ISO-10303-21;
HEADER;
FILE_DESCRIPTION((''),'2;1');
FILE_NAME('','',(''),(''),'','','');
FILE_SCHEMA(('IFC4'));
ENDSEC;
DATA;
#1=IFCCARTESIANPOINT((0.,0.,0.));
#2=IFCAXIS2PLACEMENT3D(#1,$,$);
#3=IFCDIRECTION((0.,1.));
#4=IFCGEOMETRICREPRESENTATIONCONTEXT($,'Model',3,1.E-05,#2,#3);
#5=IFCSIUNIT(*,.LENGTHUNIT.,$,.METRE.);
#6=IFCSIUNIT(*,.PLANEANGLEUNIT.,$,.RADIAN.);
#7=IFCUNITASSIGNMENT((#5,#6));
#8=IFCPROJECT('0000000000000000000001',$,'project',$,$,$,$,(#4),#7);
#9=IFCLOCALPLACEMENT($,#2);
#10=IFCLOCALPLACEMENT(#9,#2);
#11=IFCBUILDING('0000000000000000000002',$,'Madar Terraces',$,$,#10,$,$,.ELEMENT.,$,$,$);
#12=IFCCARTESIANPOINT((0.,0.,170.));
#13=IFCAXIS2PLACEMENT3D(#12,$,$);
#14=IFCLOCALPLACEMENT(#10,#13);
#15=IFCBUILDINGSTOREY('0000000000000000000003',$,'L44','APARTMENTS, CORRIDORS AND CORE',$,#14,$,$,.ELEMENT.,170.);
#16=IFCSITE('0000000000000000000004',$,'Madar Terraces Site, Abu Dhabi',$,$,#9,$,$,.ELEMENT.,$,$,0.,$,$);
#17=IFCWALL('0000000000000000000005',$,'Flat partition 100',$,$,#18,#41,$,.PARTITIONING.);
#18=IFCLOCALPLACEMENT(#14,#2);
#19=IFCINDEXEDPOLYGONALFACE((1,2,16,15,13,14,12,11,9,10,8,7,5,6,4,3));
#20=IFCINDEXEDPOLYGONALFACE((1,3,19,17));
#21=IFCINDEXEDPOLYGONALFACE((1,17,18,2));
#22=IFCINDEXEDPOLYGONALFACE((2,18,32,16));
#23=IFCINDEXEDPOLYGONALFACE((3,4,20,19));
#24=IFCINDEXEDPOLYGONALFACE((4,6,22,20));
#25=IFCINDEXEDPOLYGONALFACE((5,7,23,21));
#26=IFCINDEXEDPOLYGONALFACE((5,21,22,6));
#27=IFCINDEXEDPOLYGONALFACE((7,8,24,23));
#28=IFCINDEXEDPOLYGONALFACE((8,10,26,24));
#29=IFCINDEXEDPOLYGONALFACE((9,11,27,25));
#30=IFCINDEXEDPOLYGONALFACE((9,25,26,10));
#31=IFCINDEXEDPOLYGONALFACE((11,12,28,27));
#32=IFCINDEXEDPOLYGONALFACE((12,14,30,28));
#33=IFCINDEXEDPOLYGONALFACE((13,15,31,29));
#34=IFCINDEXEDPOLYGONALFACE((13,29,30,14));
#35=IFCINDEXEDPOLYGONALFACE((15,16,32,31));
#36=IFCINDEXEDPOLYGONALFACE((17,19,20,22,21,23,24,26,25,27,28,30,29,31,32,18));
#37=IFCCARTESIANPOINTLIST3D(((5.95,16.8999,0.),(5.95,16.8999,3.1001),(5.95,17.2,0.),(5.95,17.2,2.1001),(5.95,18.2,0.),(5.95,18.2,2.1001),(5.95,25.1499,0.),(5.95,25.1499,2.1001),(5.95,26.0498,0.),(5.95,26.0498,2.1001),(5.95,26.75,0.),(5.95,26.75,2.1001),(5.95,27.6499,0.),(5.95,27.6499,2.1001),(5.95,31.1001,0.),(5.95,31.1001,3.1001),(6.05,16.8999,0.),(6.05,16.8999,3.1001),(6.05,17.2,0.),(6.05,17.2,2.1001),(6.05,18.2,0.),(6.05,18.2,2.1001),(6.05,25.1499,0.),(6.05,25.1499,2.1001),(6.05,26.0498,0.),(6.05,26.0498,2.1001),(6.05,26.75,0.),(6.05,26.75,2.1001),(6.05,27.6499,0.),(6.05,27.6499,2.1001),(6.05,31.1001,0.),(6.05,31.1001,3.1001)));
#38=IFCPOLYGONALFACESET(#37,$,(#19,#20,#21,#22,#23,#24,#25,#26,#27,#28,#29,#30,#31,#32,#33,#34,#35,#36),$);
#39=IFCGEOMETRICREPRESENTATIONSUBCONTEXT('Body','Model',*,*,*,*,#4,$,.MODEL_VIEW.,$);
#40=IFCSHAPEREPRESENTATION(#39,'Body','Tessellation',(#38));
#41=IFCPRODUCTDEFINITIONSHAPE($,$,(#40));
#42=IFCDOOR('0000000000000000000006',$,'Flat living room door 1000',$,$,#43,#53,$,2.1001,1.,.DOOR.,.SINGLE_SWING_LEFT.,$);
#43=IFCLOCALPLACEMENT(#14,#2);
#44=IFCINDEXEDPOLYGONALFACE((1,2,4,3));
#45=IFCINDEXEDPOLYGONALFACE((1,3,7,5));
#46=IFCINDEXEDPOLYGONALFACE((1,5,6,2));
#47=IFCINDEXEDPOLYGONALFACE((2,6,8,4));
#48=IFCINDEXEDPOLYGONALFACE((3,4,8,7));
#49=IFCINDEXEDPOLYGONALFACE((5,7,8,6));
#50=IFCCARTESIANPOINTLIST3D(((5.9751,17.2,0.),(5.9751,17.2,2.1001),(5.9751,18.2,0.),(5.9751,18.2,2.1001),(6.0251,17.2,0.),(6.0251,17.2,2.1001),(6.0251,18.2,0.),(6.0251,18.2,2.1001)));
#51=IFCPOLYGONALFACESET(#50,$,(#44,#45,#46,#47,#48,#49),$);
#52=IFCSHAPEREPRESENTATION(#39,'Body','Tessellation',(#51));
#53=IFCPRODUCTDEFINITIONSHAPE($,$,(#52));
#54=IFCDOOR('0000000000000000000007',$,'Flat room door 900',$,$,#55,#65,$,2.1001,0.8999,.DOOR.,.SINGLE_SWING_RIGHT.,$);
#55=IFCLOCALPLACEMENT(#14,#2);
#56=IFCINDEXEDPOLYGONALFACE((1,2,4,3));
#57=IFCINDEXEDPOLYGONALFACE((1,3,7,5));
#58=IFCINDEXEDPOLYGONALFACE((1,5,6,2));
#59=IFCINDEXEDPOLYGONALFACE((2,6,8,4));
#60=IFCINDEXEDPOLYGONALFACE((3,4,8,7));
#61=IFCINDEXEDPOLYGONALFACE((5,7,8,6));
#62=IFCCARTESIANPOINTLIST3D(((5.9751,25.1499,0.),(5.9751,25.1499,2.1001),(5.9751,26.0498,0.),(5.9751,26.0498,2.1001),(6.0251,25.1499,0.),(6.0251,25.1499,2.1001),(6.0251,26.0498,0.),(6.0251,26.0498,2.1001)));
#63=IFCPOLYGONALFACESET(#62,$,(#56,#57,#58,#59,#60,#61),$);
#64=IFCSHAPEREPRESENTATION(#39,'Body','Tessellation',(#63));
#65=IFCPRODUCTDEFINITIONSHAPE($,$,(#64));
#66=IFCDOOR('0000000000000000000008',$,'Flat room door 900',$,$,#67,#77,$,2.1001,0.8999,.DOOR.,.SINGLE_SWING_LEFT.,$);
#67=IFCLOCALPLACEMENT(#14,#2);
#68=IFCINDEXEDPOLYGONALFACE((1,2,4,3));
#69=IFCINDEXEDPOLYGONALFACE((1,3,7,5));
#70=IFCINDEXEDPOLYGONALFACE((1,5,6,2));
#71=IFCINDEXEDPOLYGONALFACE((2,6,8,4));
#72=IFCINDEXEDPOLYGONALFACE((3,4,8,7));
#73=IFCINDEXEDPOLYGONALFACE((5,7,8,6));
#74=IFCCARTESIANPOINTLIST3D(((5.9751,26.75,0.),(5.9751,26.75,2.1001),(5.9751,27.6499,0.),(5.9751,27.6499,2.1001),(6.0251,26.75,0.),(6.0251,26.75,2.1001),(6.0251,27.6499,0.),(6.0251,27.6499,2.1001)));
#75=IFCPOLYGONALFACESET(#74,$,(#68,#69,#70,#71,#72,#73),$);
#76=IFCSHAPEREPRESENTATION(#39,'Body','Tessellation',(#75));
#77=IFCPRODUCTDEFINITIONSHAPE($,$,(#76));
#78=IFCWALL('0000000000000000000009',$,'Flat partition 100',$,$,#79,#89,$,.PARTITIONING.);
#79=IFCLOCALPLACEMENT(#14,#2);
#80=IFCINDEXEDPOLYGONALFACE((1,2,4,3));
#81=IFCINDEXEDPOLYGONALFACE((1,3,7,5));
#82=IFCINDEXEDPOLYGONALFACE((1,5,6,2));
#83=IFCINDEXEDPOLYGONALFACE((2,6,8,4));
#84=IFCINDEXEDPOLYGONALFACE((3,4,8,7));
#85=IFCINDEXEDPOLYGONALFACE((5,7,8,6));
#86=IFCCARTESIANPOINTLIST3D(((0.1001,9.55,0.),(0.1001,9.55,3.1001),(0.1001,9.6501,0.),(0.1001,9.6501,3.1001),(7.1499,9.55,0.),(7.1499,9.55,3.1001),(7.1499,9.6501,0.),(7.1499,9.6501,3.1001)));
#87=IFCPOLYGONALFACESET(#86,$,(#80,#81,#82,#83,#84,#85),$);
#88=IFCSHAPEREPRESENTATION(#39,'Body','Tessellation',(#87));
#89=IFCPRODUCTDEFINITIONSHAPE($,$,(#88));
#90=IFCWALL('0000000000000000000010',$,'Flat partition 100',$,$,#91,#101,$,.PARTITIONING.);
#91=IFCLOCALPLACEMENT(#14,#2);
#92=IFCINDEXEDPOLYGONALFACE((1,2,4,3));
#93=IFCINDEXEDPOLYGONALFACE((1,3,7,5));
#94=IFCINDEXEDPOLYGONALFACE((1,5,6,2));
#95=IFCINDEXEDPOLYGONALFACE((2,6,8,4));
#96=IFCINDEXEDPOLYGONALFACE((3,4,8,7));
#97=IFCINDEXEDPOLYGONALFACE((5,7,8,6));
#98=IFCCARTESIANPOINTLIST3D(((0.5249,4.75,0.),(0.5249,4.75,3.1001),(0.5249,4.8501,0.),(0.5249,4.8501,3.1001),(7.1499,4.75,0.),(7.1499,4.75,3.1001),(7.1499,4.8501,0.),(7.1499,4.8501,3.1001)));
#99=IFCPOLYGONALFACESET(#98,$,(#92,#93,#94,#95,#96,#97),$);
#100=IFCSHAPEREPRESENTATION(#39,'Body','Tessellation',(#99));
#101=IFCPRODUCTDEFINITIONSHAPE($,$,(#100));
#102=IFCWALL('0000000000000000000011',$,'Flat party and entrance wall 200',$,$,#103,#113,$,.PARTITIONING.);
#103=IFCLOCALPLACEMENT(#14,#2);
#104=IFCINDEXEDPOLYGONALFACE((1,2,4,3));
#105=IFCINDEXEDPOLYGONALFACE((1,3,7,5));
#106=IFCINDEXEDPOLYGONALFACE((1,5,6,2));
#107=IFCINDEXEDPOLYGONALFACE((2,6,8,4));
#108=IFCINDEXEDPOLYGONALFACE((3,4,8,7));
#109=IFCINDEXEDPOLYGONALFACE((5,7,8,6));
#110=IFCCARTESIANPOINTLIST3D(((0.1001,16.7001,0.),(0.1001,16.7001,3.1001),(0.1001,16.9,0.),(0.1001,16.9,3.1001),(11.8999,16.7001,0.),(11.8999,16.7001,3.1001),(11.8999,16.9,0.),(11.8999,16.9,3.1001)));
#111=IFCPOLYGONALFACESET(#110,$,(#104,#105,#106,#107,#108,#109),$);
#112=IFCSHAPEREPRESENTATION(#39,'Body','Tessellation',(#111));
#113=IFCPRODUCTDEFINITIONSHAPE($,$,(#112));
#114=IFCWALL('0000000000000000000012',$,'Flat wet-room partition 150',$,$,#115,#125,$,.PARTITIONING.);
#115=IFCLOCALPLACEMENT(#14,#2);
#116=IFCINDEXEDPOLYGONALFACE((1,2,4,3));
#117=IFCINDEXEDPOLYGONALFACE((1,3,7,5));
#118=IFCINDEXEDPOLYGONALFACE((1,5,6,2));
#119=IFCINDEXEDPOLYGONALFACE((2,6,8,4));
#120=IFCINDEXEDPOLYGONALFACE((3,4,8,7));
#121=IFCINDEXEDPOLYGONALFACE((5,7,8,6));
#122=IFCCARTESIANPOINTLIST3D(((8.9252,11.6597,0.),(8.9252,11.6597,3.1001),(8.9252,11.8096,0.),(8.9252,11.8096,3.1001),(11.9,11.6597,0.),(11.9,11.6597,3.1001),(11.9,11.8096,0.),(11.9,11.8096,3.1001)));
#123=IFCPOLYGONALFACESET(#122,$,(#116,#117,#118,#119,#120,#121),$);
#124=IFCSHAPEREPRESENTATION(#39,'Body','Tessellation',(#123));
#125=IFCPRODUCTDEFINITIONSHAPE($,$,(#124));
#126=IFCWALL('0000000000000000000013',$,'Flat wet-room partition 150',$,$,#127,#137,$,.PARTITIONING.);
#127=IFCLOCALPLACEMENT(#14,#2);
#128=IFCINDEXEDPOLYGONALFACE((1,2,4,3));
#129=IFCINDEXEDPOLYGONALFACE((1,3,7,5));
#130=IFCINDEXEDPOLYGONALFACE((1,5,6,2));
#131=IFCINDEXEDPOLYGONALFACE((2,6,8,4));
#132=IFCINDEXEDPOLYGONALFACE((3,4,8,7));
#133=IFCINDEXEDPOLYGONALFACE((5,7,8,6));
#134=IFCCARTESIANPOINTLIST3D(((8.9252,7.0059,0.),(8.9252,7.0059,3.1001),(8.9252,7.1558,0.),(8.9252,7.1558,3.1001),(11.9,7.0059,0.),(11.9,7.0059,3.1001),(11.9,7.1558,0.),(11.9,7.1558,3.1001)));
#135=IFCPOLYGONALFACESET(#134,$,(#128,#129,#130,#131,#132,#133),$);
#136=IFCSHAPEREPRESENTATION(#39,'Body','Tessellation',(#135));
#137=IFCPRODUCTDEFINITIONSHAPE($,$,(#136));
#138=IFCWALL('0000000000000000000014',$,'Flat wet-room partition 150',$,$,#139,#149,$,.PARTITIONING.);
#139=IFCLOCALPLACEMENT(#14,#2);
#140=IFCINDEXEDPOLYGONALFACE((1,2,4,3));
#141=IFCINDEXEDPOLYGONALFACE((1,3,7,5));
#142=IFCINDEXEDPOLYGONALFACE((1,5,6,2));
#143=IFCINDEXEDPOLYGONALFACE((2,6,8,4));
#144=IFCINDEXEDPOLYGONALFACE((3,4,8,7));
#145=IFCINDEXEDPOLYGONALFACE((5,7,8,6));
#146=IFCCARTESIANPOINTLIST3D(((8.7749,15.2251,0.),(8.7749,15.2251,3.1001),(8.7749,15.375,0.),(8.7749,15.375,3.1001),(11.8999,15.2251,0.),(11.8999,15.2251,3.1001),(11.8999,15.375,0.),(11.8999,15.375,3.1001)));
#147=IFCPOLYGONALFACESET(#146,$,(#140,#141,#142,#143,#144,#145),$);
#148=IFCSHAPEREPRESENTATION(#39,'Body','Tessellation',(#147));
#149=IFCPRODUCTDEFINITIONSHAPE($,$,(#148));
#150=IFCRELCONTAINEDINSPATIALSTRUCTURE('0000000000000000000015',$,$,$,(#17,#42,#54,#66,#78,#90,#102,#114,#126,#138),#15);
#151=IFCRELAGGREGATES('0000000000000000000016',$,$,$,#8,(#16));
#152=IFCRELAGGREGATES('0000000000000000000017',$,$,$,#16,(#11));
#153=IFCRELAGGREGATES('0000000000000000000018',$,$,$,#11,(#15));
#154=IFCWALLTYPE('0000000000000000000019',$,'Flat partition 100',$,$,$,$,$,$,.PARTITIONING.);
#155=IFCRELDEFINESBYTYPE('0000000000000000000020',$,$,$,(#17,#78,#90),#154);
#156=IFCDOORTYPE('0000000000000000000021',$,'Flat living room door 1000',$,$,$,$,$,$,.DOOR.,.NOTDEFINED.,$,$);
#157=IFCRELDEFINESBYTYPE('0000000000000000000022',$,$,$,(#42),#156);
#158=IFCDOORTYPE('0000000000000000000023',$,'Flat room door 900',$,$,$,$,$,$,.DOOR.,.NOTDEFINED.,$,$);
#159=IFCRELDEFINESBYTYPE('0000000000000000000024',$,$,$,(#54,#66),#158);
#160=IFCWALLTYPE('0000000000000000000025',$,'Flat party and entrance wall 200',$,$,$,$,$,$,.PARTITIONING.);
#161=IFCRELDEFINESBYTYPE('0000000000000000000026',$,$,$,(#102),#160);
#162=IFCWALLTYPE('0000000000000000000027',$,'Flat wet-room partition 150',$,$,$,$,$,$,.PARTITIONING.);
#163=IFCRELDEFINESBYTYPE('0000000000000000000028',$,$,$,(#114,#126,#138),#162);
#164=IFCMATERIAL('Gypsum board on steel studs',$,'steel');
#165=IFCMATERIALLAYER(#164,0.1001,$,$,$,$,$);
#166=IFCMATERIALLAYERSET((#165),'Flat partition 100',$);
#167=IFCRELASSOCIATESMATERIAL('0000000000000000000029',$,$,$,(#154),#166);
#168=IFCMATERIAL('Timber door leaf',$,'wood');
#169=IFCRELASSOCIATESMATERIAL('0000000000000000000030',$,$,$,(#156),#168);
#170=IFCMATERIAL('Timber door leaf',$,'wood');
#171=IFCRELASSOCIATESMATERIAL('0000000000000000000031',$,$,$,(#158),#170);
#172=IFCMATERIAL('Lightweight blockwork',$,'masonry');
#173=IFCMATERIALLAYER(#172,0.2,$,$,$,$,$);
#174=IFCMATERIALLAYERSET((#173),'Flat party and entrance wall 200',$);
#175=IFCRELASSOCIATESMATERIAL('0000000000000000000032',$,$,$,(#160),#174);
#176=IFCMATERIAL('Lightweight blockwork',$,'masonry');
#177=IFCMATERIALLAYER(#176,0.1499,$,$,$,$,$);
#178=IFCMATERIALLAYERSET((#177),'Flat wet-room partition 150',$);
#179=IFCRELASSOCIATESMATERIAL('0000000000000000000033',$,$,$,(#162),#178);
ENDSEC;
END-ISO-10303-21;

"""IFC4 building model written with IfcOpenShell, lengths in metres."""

from ifc_helpers import new_model, si_unit, direction, frame, frame_2d, origin, place, context, subcontext, project, spatial, rectangle, extrude, material, layer, layer_set, type_object, element, fill, save


model = new_model("IFC4")

# Units and contexts
model_context = context("Model", 3, precision=1e-05, world=origin(), true_north=direction((0.0, 1.0)))
body_context = subcontext(model_context, "Body", "Model", "MODEL_VIEW")
ifc_project = project(units=[si_unit("LENGTHUNIT", "METRE"), si_unit("PLANEANGLEUNIT", "RADIAN")], contexts=[model_context])

# Site, building, storey
site_placement = place(None, origin())
site = spatial("IfcSite", under=ifc_project, at=site_placement, Name="Madar Terraces Site, Abu Dhabi", CompositionType="ELEMENT", RefElevation=0.0)
building_placement = place(site_placement, origin())
building = spatial("IfcBuilding", under=site, at=building_placement, Name="Madar Terraces", CompositionType="ELEMENT")
storey_placement = place(building_placement, frame((0.0, 0.0, 170.0)))
storey = spatial("IfcBuildingStorey", under=building, at=storey_placement, Name="L44", Description="APARTMENTS, CORRIDORS AND CORE", CompositionType="ELEMENT", Elevation=170.0)

# Wall, openings, doors
ifc_material_1 = material(Name="Gypsum board on steel studs", Category="steel")
ifc_layer_1 = layer(ifc_material_1, 0.1001)
ifc_layer_set_1 = layer_set([ifc_layer_1], Name="Flat partition 100")
wall_type_1 = type_object("IfcWallType", Name="Flat partition 100", PredefinedType="PARTITIONING", material=ifc_layer_set_1)
wall_1_placement = place(storey_placement, frame((6.0, 16.8999, 0.0), z_axis=(0.0, 0.0, 1.0), x_axis=(0.0, 1.0, 0.0)))
wall_1 = element("IfcWall", 1, at=wall_1_placement, inside=storey, type_object=wall_type_1, Name="Flat partition 100", PredefinedType="PARTITIONING", context=body_context, shape_type="SweptSolid", body=[
    extrude(rectangle(XDim=14.2002, YDim=0.1001, at=frame_2d((7.1001, 0.0))), origin(), (0.0, 0.0, 1.0), 3.1001),
])
opening_1_placement = place(wall_1_placement, frame((0.3, 0.0, 0.0)))
opening_1 = element("IfcOpeningElement", 2, at=opening_1_placement, cuts=wall_1, PredefinedType="OPENING", context=body_context, shape_type="SweptSolid", body=[
    extrude(rectangle(XDim=1.0, YDim=2.1001, at=frame_2d((0.5, 1.05))), frame((0.0, 0.0601, 0.0), z_axis=(0.0, -1.0, 0.0), x_axis=(1.0, 0.0, 0.0)), (0.0, 0.0, 1.0), 0.1201),
])
opening_2_placement = place(wall_1_placement, frame((8.25, 0.0, 0.0)))
opening_2 = element("IfcOpeningElement", 3, at=opening_2_placement, cuts=wall_1, PredefinedType="OPENING", context=body_context, shape_type="SweptSolid", body=[
    extrude(rectangle(XDim=0.8999, YDim=2.1001, at=frame_2d((0.45, 1.05))), frame((0.0, 0.0601, 0.0), z_axis=(0.0, -1.0, 0.0), x_axis=(1.0, 0.0, 0.0)), (0.0, 0.0, 1.0), 0.1201),
])
opening_3_placement = place(wall_1_placement, frame((9.8501, 0.0, 0.0)))
opening_3 = element("IfcOpeningElement", 4, at=opening_3_placement, cuts=wall_1, PredefinedType="OPENING", context=body_context, shape_type="SweptSolid", body=[
    extrude(rectangle(XDim=0.8999, YDim=2.1001, at=frame_2d((0.45, 1.05))), frame((0.0, 0.0601, 0.0), z_axis=(0.0, -1.0, 0.0), x_axis=(1.0, 0.0, 0.0)), (0.0, 0.0, 1.0), 0.1201),
])
ifc_material_2 = material(Name="Timber door leaf", Category="wood")
door_type_1 = type_object("IfcDoorType", Name="Flat living room door 1000", OperationType="NOTDEFINED", PredefinedType="DOOR", material=ifc_material_2)
door_1_placement = place(opening_1_placement, origin())
door_1 = element("IfcDoor", 5, at=door_1_placement, inside=storey, type_object=door_type_1, Name="Flat living room door 1000", OperationType="SINGLE_SWING_LEFT", OverallHeight=2.1001, OverallWidth=1.0, PredefinedType="DOOR", context=body_context, shape_type="SweptSolid", body=[
    extrude(rectangle(XDim=1.0, YDim=2.1001, at=frame_2d((0.5, 1.05))), frame((0.0, 0.0249, 0.0), z_axis=(0.0, -1.0, 0.0), x_axis=(1.0, 0.0, 0.0)), (0.0, 0.0, 1.0), 0.05),
])
fill(opening_1, door_1)
ifc_material_3 = material(Name="Timber door leaf", Category="wood")
door_type_2 = type_object("IfcDoorType", Name="Flat room door 900", OperationType="NOTDEFINED", PredefinedType="DOOR", material=ifc_material_3)
door_2_placement = place(opening_2_placement, origin())
door_2 = element("IfcDoor", 6, at=door_2_placement, inside=storey, type_object=door_type_2, Name="Flat room door 900", OperationType="SINGLE_SWING_RIGHT", OverallHeight=2.1001, OverallWidth=0.8999, PredefinedType="DOOR", context=body_context, shape_type="SweptSolid", body=[
    extrude(rectangle(XDim=0.8999, YDim=2.1001, at=frame_2d((0.45, 1.05))), frame((0.0, 0.0249, 0.0), z_axis=(0.0, -1.0, 0.0), x_axis=(1.0, 0.0, 0.0)), (0.0, 0.0, 1.0), 0.05),
])
fill(opening_2, door_2)
door_3_placement = place(opening_3_placement, origin())
door_3 = element("IfcDoor", 7, at=door_3_placement, inside=storey, type_object=door_type_2, Name="Flat room door 900", OperationType="SINGLE_SWING_LEFT", OverallHeight=2.1001, OverallWidth=0.8999, PredefinedType="DOOR", context=body_context, shape_type="SweptSolid", body=[
    extrude(rectangle(XDim=0.8999, YDim=2.1001, at=frame_2d((0.45, 1.05))), frame((0.0, 0.0249, 0.0), z_axis=(0.0, -1.0, 0.0), x_axis=(1.0, 0.0, 0.0)), (0.0, 0.0, 1.0), 0.05),
])
fill(opening_3, door_3)

# Walls
wall_2_placement = place(storey_placement, frame((7.1499, 9.6001, 0.0), z_axis=(0.0, 0.0, 1.0), x_axis=(-1.0, 0.0, 0.0)))
element("IfcWall", 8, at=wall_2_placement, inside=storey, type_object=wall_type_1, Name="Flat partition 100", PredefinedType="PARTITIONING", context=body_context, shape_type="SweptSolid", body=[
    extrude(rectangle(XDim=7.0498, YDim=0.1001, at=frame_2d((3.5249, 0.0))), origin(), (0.0, 0.0, 1.0), 3.1001),
])
wall_3_placement = place(storey_placement, frame((7.1499, 4.8, 0.0), z_axis=(0.0, 0.0, 1.0), x_axis=(-1.0, 0.0, 0.0)))
element("IfcWall", 9, at=wall_3_placement, inside=storey, type_object=wall_type_1, Name="Flat partition 100", PredefinedType="PARTITIONING", context=body_context, shape_type="SweptSolid", body=[
    extrude(rectangle(XDim=6.625, YDim=0.1001, at=frame_2d((3.3125, 0.0))), origin(), (0.0, 0.0, 1.0), 3.1001),
])
ifc_material_4 = material(Name="Lightweight blockwork", Category="masonry")
ifc_layer_2 = layer(ifc_material_4, 0.2)
ifc_layer_set_2 = layer_set([ifc_layer_2], Name="Flat party and entrance wall 200")
wall_type_2 = type_object("IfcWallType", Name="Flat party and entrance wall 200", PredefinedType="PARTITIONING", material=ifc_layer_set_2)
wall_4_placement = place(storey_placement, frame((0.1001, 16.8, 0.0), z_axis=(0.0, 0.0, 1.0), x_axis=(1.0, 0.0, 0.0)))
element("IfcWall", 10, at=wall_4_placement, inside=storey, type_object=wall_type_2, Name="Flat party and entrance wall 200", PredefinedType="PARTITIONING", context=body_context, shape_type="SweptSolid", body=[
    extrude(rectangle(XDim=11.7998, YDim=0.2, at=frame_2d((5.8999, 0.0))), origin(), (0.0, 0.0, 1.0), 3.1001),
])
ifc_material_5 = material(Name="Lightweight blockwork", Category="masonry")
ifc_layer_3 = layer(ifc_material_5, 0.1499)
ifc_layer_set_3 = layer_set([ifc_layer_3], Name="Flat wet-room partition 150")
wall_type_3 = type_object("IfcWallType", Name="Flat wet-room partition 150", PredefinedType="PARTITIONING", material=ifc_layer_set_3)
for number, where, z_axis, x_axis, name in (
    (11, (11.8999, 11.7346, 0.0), (0.0, 0.0, 1.0), (-1.0, 0.0, 0.0), "Flat wet-room partition 150"),
    (12, (11.8999, 7.0808, 0.0), (0.0, 0.0, 1.0), (-1.0, 0.0, 0.0), "Flat wet-room partition 150"),
):
    element("IfcWall", number, at=place(storey_placement, frame(where, z_axis=z_axis, x_axis=x_axis)), inside=storey, type_object=wall_type_3, Name=name, PredefinedType="PARTITIONING", context=body_context, shape_type="SweptSolid", body=[
        extrude(rectangle(XDim=2.9749, YDim=0.1499, at=frame_2d((1.4873, 0.0))), origin(), (0.0, 0.0, 1.0), 3.1001),
    ])
wall_5_placement = place(storey_placement, frame((11.8999, 15.3, 0.0), z_axis=(0.0, 0.0, 1.0), x_axis=(-1.0, 0.0, 0.0)))
element("IfcWall", 13, at=wall_5_placement, inside=storey, type_object=wall_type_3, Name="Flat wet-room partition 150", PredefinedType="PARTITIONING", context=body_context, shape_type="SweptSolid", body=[
    extrude(rectangle(XDim=3.125, YDim=0.1499, at=frame_2d((1.5625, 0.0))), origin(), (0.0, 0.0, 1.0), 3.1001),
])

save(model, "model.ifc")
